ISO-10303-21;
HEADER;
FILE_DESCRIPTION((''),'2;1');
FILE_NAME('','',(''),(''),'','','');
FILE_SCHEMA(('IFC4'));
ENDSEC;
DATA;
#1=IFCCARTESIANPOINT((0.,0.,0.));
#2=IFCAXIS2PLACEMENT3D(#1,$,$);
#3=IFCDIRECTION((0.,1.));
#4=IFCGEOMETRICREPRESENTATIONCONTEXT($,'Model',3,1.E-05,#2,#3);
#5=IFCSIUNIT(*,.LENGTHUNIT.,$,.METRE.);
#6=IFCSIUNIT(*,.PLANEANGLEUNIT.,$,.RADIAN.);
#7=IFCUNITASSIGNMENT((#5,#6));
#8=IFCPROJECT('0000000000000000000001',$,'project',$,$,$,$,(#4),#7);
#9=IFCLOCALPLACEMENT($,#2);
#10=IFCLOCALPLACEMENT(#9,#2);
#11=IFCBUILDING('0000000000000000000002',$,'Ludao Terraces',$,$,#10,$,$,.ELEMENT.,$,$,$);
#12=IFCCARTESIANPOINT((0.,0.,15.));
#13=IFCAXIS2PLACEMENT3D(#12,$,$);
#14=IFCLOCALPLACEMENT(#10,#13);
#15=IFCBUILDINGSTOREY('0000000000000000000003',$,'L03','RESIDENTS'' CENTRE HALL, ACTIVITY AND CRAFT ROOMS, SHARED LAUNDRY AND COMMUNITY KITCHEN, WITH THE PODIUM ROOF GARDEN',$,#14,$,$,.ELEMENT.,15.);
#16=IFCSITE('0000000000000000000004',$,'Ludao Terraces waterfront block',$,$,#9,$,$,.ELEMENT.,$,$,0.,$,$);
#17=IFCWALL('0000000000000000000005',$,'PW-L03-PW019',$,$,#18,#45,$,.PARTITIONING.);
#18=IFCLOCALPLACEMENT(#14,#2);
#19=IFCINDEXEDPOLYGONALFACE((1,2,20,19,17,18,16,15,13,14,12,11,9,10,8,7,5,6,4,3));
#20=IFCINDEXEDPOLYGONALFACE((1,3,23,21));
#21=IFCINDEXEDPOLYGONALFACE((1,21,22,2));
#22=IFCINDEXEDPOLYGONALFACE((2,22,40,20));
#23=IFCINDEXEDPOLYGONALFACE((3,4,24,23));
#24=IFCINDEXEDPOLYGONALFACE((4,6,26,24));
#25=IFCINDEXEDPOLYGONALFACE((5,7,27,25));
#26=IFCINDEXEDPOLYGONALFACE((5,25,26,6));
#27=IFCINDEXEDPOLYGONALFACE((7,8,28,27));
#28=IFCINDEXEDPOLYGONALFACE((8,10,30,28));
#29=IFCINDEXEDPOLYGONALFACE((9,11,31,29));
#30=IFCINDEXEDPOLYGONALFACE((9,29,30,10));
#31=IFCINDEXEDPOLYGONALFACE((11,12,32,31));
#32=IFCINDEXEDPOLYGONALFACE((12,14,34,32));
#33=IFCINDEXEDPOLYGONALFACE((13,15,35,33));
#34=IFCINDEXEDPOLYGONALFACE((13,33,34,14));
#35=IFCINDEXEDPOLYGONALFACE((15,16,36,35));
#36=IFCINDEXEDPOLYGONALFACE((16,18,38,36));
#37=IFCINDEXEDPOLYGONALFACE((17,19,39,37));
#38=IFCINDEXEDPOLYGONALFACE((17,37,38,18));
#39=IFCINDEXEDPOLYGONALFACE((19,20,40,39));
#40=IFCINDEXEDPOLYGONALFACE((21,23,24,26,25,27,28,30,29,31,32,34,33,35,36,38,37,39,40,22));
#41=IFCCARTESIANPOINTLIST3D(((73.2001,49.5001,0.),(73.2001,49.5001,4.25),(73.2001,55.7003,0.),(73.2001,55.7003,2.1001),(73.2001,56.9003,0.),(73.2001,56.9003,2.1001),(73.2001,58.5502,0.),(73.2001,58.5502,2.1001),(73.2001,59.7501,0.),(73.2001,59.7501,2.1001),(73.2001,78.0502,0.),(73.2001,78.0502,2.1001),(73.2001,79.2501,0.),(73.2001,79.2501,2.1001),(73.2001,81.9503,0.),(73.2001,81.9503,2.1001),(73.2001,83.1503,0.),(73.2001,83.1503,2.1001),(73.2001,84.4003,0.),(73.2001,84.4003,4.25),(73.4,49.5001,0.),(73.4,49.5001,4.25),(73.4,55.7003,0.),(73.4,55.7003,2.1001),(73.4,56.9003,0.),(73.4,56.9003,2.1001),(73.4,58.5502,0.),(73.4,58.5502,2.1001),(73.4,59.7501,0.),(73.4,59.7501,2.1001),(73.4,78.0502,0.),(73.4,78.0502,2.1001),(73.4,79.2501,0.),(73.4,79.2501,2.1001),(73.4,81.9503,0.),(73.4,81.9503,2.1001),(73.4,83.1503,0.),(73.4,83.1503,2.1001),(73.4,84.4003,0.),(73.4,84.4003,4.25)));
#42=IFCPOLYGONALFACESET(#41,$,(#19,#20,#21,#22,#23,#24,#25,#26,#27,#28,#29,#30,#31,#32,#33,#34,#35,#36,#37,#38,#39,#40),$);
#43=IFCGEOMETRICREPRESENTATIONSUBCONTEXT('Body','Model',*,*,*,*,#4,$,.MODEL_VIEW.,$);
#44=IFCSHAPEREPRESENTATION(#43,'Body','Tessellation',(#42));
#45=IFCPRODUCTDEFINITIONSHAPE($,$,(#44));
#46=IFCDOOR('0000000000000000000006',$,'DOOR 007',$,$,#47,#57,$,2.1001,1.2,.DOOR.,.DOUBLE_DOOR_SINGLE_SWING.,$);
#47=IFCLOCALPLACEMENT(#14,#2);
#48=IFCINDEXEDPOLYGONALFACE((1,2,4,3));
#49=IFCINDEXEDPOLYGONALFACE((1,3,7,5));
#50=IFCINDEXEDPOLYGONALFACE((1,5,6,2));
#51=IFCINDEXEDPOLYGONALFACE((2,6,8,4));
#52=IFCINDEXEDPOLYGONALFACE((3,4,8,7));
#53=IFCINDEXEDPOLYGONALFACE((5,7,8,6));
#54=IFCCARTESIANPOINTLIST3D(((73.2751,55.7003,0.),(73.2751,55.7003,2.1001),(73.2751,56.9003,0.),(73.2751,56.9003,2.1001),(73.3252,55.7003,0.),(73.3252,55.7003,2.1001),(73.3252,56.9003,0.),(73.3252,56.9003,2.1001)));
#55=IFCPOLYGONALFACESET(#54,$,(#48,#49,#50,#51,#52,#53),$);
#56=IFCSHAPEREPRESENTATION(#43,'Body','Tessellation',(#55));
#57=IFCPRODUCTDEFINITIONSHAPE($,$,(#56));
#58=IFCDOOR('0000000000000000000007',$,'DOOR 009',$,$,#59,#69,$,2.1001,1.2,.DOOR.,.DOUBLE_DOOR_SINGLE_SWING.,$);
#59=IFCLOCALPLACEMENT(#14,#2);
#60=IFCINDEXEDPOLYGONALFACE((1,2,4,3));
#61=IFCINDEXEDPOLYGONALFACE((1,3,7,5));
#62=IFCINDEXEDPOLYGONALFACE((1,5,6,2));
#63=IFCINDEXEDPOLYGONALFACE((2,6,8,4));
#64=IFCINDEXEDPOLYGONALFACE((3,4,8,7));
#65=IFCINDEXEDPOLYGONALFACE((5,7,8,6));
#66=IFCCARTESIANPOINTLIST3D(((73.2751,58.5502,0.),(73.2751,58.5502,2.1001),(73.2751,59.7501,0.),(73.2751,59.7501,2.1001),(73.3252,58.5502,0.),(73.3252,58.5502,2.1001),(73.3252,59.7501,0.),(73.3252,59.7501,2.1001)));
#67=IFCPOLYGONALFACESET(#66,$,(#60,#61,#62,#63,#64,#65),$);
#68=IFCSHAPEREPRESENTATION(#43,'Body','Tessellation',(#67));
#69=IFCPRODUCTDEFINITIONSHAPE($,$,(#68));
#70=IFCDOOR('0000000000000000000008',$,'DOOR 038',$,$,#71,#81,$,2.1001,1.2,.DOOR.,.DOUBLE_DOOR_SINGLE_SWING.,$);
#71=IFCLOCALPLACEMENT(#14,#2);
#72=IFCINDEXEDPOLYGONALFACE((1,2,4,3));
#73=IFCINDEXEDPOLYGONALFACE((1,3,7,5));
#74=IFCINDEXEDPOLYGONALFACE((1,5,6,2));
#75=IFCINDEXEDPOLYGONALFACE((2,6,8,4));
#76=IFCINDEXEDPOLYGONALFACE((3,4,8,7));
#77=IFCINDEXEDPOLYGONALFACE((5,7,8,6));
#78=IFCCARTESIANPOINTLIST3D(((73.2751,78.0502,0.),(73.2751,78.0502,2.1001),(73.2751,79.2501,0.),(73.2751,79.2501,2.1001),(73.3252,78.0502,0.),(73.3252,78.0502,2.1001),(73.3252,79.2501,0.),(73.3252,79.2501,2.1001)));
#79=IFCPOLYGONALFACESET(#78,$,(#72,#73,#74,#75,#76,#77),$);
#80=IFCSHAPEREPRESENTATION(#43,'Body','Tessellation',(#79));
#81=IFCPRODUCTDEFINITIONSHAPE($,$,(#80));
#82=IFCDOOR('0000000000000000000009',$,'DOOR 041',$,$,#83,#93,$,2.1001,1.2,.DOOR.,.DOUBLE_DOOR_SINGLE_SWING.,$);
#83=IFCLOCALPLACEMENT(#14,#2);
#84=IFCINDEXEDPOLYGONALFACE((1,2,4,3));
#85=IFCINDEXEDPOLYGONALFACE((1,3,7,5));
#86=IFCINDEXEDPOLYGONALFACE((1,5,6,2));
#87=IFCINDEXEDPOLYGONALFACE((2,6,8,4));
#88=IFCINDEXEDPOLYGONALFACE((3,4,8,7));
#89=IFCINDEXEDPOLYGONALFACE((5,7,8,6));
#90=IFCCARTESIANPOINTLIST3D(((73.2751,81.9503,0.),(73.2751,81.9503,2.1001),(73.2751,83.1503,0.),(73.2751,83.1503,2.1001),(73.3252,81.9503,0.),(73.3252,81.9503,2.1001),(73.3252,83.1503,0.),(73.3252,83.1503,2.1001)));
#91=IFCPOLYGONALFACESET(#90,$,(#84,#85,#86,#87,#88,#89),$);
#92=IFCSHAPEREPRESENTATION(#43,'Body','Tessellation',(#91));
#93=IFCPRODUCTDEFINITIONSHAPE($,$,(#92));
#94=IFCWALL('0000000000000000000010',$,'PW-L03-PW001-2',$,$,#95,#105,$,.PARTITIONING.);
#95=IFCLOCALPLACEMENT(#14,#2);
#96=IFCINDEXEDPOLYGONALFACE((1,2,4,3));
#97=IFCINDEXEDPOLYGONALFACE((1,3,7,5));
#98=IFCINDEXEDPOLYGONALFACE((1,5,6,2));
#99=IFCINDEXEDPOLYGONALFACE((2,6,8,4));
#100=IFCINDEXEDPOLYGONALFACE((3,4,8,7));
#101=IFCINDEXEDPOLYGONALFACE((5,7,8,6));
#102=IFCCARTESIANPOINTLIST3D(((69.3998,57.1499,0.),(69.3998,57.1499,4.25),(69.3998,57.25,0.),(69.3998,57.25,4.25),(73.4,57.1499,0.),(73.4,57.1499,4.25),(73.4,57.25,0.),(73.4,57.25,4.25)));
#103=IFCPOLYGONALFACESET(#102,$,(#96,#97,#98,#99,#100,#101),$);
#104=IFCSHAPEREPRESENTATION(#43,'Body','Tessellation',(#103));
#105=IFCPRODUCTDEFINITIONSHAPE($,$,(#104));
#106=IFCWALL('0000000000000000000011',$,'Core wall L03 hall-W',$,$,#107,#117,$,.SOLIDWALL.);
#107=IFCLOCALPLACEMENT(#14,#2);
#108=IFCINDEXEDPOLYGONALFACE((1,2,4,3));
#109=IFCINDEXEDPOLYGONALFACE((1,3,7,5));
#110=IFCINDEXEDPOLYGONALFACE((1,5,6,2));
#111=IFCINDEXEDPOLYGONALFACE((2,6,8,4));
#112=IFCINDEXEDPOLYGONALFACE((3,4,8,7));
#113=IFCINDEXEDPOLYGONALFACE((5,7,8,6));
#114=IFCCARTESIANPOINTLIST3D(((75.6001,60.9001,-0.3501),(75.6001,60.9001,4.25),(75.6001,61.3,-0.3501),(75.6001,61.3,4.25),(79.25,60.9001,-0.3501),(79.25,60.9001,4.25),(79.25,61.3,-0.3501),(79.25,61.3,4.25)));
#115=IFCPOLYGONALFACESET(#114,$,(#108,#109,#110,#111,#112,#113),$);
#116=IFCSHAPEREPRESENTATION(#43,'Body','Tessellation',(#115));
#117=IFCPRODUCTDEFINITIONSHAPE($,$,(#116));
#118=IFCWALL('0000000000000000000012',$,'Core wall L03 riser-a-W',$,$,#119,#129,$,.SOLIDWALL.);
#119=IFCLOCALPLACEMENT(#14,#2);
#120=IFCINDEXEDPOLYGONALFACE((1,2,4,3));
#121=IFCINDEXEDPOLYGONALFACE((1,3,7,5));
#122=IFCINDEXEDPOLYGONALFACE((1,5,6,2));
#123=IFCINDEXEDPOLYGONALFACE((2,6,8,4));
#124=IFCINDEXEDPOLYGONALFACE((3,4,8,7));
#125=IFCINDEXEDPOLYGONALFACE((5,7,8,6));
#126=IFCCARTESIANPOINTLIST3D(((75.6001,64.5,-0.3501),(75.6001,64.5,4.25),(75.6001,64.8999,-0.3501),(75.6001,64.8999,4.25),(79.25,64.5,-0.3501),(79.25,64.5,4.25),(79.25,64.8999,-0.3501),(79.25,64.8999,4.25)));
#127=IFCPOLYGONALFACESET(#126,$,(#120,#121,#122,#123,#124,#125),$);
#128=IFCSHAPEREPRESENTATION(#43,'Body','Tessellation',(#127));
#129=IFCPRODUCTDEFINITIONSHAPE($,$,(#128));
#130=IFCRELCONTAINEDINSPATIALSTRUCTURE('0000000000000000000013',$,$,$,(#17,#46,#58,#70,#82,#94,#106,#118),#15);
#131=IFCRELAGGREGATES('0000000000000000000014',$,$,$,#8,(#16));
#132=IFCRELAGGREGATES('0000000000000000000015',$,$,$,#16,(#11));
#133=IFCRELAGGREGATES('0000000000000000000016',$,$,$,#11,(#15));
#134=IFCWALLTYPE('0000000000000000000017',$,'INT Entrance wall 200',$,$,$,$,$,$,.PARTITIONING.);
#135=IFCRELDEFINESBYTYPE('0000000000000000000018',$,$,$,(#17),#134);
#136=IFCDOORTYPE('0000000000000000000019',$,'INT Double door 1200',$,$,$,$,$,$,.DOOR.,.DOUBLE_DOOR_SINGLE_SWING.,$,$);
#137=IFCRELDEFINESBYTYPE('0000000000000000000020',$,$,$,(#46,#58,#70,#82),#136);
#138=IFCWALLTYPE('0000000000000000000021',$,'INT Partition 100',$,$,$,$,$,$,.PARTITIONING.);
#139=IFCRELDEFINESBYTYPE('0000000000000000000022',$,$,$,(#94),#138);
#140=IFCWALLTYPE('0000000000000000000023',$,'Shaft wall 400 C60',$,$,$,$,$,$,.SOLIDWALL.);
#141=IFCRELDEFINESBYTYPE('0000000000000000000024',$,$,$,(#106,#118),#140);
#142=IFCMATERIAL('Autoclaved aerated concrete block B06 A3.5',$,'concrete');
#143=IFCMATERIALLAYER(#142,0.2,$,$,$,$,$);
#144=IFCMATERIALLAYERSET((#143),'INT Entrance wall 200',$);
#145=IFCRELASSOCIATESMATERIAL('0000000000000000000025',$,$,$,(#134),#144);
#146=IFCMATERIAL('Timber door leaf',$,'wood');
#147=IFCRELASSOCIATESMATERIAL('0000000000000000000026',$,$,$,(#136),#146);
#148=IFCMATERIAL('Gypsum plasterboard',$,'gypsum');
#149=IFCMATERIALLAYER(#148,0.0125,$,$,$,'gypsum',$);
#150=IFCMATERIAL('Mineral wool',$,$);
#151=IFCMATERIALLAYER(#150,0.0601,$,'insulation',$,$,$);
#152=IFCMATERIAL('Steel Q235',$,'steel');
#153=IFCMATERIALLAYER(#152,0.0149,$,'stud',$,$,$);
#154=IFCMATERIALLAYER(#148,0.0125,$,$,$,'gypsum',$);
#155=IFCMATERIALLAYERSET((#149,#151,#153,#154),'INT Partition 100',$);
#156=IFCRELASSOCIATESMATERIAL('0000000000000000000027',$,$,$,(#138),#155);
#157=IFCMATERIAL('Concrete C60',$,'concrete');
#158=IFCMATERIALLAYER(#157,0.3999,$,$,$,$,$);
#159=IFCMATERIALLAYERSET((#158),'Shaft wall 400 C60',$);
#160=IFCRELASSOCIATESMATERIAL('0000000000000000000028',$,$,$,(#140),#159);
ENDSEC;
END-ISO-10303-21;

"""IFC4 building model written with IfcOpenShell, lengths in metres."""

from ifc_helpers import new_model, si_unit, direction, frame, frame_2d, origin, place, context, subcontext, project, spatial, rectangle, extrude, material, layer, layer_set, type_object, element, fill, save


model = new_model("IFC4")

# Units and contexts
model_context = context("Model", 3, precision=1e-05, world=origin(), true_north=direction((0.0, 1.0)))
body_context = subcontext(model_context, "Body", "Model", "MODEL_VIEW")
ifc_project = project(units=[si_unit("LENGTHUNIT", "METRE"), si_unit("PLANEANGLEUNIT", "RADIAN")], contexts=[model_context])

# Site, building, storey
site_placement = place(None, origin())
site = spatial("IfcSite", under=ifc_project, at=site_placement, Name="Ludao Terraces waterfront block", CompositionType="ELEMENT", RefElevation=0.0)
building_placement = place(site_placement, origin())
building = spatial("IfcBuilding", under=site, at=building_placement, Name="Ludao Terraces", CompositionType="ELEMENT")
storey_placement = place(building_placement, frame((0.0, 0.0, 15.0)))
storey = spatial("IfcBuildingStorey", under=building, at=storey_placement, Name="L03", Description="RESIDENTS' CENTRE HALL, ACTIVITY AND CRAFT ROOMS, SHARED LAUNDRY AND COMMUNITY KITCHEN, WITH THE PODIUM ROOF GARDEN", CompositionType="ELEMENT", Elevation=15.0)

# Shared definitions
ifc_material_1 = material(Name="Concrete C60", Category="concrete")

# Shared definitions
ifc_material_2 = material(Name="Steel Q235", Category="steel")
ifc_material_3 = material(Name="Timber door leaf", Category="wood")

# Wall, openings, doors
ifc_material_4 = material(Name="Autoclaved aerated concrete block B06 A3.5", Category="concrete")
ifc_layer_1 = layer(ifc_material_4, 0.2)
ifc_layer_set_1 = layer_set([ifc_layer_1], Name="INT Entrance wall 200")
wall_type_1 = type_object("IfcWallType", Name="INT Entrance wall 200", PredefinedType="PARTITIONING", material=ifc_layer_set_1)
wall_1_placement = place(storey_placement, frame((73.3, 49.5, 0.0), z_axis=(0.0, 0.0, 1.0), x_axis=(0.0, 1.0, 0.0)))
wall_1 = element("IfcWall", 1, at=wall_1_placement, inside=storey, type_object=wall_type_1, Name="PW-L03-PW019", PredefinedType="PARTITIONING", context=body_context, shape_type="SweptSolid", body=[
    extrude(rectangle(XDim=34.9001, YDim=0.2, at=frame_2d((17.4502, 0.0))), origin(), (0.0, 0.0, 1.0), 4.25),
])
opening_1_placement = place(wall_1_placement, frame((6.2002, 0.0, 0.0)))
opening_1 = element("IfcOpeningElement", 2, at=opening_1_placement, cuts=wall_1, PredefinedType="OPENING", context=body_context, shape_type="SweptSolid", body=[
    extrude(rectangle(XDim=1.2, YDim=2.1001, at=frame_2d((0.6001, 1.05))), frame((0.0, 0.1099, 0.0), z_axis=(0.0, -1.0, 0.0), x_axis=(1.0, 0.0, 0.0)), (0.0, 0.0, 1.0), 0.22),
])
opening_2_placement = place(wall_1_placement, frame((9.05, 0.0, 0.0)))
opening_2 = element("IfcOpeningElement", 3, at=opening_2_placement, cuts=wall_1, PredefinedType="OPENING", context=body_context, shape_type="SweptSolid", body=[
    extrude(rectangle(XDim=1.2, YDim=2.1001, at=frame_2d((0.6001, 1.05))), frame((0.0, 0.1099, 0.0), z_axis=(0.0, -1.0, 0.0), x_axis=(1.0, 0.0, 0.0)), (0.0, 0.0, 1.0), 0.22),
])
opening_3_placement = place(wall_1_placement, frame((28.55, 0.0, 0.0)))
opening_3 = element("IfcOpeningElement", 4, at=opening_3_placement, cuts=wall_1, PredefinedType="OPENING", context=body_context, shape_type="SweptSolid", body=[
    extrude(rectangle(XDim=1.2, YDim=2.1001, at=frame_2d((0.6001, 1.05))), frame((0.0, 0.1099, 0.0), z_axis=(0.0, -1.0, 0.0), x_axis=(1.0, 0.0, 0.0)), (0.0, 0.0, 1.0), 0.22),
])
opening_4_placement = place(wall_1_placement, frame((32.4502, 0.0, 0.0)))
opening_4 = element("IfcOpeningElement", 5, at=opening_4_placement, cuts=wall_1, PredefinedType="OPENING", context=body_context, shape_type="SweptSolid", body=[
    extrude(rectangle(XDim=1.2, YDim=2.1001, at=frame_2d((0.6001, 1.05))), frame((0.0, 0.1099, 0.0), z_axis=(0.0, -1.0, 0.0), x_axis=(1.0, 0.0, 0.0)), (0.0, 0.0, 1.0), 0.22),
])
door_type_1 = type_object("IfcDoorType", Name="INT Double door 1200", OperationType="DOUBLE_DOOR_SINGLE_SWING", PredefinedType="DOOR", material=ifc_material_3)
door_1_placement = place(opening_1_placement, origin())
door_1 = element("IfcDoor", 6, at=door_1_placement, inside=storey, type_object=door_type_1, Name="DOOR 007", OperationType="DOUBLE_DOOR_SINGLE_SWING", OverallHeight=2.1001, OverallWidth=1.2, PredefinedType="DOOR", context=body_context, shape_type="SweptSolid", body=[
    extrude(rectangle(XDim=1.2, YDim=2.1001, at=frame_2d((0.6001, 1.05))), frame((0.0, 0.0249, 0.0), z_axis=(0.0, -1.0, 0.0), x_axis=(1.0, 0.0, 0.0)), (0.0, 0.0, 1.0), 0.05),
])
fill(opening_1, door_1)
door_2_placement = place(opening_2_placement, origin())
door_2 = element("IfcDoor", 7, at=door_2_placement, inside=storey, type_object=door_type_1, Name="DOOR 009", OperationType="DOUBLE_DOOR_SINGLE_SWING", OverallHeight=2.1001, OverallWidth=1.2, PredefinedType="DOOR", context=body_context, shape_type="SweptSolid", body=[
    extrude(rectangle(XDim=1.2, YDim=2.1001, at=frame_2d((0.6001, 1.05))), frame((0.0, 0.0249, 0.0), z_axis=(0.0, -1.0, 0.0), x_axis=(1.0, 0.0, 0.0)), (0.0, 0.0, 1.0), 0.05),
])
fill(opening_2, door_2)
door_3_placement = place(opening_3_placement, origin())
door_3 = element("IfcDoor", 8, at=door_3_placement, inside=storey, type_object=door_type_1, Name="DOOR 038", OperationType="DOUBLE_DOOR_SINGLE_SWING", OverallHeight=2.1001, OverallWidth=1.2, PredefinedType="DOOR", context=body_context, shape_type="SweptSolid", body=[
    extrude(rectangle(XDim=1.2, YDim=2.1001, at=frame_2d((0.6001, 1.05))), frame((0.0, 0.0249, 0.0), z_axis=(0.0, -1.0, 0.0), x_axis=(1.0, 0.0, 0.0)), (0.0, 0.0, 1.0), 0.05),
])
fill(opening_3, door_3)
door_4_placement = place(opening_4_placement, origin())
door_4 = element("IfcDoor", 9, at=door_4_placement, inside=storey, type_object=door_type_1, Name="DOOR 041", OperationType="DOUBLE_DOOR_SINGLE_SWING", OverallHeight=2.1001, OverallWidth=1.2, PredefinedType="DOOR", context=body_context, shape_type="SweptSolid", body=[
    extrude(rectangle(XDim=1.2, YDim=2.1001, at=frame_2d((0.6001, 1.05))), frame((0.0, 0.0249, 0.0), z_axis=(0.0, -1.0, 0.0), x_axis=(1.0, 0.0, 0.0)), (0.0, 0.0, 1.0), 0.05),
])
fill(opening_4, door_4)

# Walls
ifc_material_5 = material(Name="Gypsum plasterboard", Category="gypsum")
ifc_layer_2 = layer(ifc_material_5, 0.0125, Category="gypsum")
ifc_material_6 = material(Name="Mineral wool")
ifc_layer_3 = layer(ifc_material_6, 0.0601, Name="insulation")
ifc_layer_4 = layer(ifc_material_2, 0.0149, Name="stud")
ifc_layer_5 = layer(ifc_material_5, 0.0125, Category="gypsum")
ifc_layer_set_2 = layer_set([ifc_layer_2, ifc_layer_3, ifc_layer_4, ifc_layer_5], Name="INT Partition 100")
wall_type_2 = type_object("IfcWallType", Name="INT Partition 100", PredefinedType="PARTITIONING", material=ifc_layer_set_2)
wall_2_placement = place(storey_placement, frame((69.3999, 57.2, 0.0), z_axis=(0.0, 0.0, 1.0), x_axis=(1.0, 0.0, 0.0)))
element("IfcWall", 10, at=wall_2_placement, inside=storey, type_object=wall_type_2, Name="PW-L03-PW001-2", PredefinedType="PARTITIONING", context=body_context, shape_type="SweptSolid", body=[
    extrude(rectangle(XDim=4.0002, YDim=0.1001, at=frame_2d((2.0, 0.0))), origin(), (0.0, 0.0, 1.0), 4.25),
])
ifc_layer_6 = layer(ifc_material_1, 0.3999)
ifc_layer_set_3 = layer_set([ifc_layer_6], Name="Shaft wall 400 C60")
wall_type_3 = type_object("IfcWallType", Name="Shaft wall 400 C60", PredefinedType="SOLIDWALL", material=ifc_layer_set_3)
for number, where, z_axis, x_axis, name in (
    (11, (75.6001, 61.1001, -0.3501), (0.0, 0.0, 1.0), (1.0, 0.0, 0.0), "Core wall L03 hall-W"),
    (12, (75.6001, 64.7, -0.3501), (0.0, 0.0, 1.0), (1.0, 0.0, 0.0), "Core wall L03 riser-a-W"),
):
    element("IfcWall", number, at=place(storey_placement, frame(where, z_axis=z_axis, x_axis=x_axis)), inside=storey, type_object=wall_type_3, Name=name, PredefinedType="SOLIDWALL", context=body_context, shape_type="SweptSolid", body=[
        extrude(rectangle(XDim=3.6499, YDim=0.3999, at=frame_2d((1.825, 0.0))), origin(), (0.0, 0.0, 1.0), 4.6001),
    ])

save(model, "model.ifc")
